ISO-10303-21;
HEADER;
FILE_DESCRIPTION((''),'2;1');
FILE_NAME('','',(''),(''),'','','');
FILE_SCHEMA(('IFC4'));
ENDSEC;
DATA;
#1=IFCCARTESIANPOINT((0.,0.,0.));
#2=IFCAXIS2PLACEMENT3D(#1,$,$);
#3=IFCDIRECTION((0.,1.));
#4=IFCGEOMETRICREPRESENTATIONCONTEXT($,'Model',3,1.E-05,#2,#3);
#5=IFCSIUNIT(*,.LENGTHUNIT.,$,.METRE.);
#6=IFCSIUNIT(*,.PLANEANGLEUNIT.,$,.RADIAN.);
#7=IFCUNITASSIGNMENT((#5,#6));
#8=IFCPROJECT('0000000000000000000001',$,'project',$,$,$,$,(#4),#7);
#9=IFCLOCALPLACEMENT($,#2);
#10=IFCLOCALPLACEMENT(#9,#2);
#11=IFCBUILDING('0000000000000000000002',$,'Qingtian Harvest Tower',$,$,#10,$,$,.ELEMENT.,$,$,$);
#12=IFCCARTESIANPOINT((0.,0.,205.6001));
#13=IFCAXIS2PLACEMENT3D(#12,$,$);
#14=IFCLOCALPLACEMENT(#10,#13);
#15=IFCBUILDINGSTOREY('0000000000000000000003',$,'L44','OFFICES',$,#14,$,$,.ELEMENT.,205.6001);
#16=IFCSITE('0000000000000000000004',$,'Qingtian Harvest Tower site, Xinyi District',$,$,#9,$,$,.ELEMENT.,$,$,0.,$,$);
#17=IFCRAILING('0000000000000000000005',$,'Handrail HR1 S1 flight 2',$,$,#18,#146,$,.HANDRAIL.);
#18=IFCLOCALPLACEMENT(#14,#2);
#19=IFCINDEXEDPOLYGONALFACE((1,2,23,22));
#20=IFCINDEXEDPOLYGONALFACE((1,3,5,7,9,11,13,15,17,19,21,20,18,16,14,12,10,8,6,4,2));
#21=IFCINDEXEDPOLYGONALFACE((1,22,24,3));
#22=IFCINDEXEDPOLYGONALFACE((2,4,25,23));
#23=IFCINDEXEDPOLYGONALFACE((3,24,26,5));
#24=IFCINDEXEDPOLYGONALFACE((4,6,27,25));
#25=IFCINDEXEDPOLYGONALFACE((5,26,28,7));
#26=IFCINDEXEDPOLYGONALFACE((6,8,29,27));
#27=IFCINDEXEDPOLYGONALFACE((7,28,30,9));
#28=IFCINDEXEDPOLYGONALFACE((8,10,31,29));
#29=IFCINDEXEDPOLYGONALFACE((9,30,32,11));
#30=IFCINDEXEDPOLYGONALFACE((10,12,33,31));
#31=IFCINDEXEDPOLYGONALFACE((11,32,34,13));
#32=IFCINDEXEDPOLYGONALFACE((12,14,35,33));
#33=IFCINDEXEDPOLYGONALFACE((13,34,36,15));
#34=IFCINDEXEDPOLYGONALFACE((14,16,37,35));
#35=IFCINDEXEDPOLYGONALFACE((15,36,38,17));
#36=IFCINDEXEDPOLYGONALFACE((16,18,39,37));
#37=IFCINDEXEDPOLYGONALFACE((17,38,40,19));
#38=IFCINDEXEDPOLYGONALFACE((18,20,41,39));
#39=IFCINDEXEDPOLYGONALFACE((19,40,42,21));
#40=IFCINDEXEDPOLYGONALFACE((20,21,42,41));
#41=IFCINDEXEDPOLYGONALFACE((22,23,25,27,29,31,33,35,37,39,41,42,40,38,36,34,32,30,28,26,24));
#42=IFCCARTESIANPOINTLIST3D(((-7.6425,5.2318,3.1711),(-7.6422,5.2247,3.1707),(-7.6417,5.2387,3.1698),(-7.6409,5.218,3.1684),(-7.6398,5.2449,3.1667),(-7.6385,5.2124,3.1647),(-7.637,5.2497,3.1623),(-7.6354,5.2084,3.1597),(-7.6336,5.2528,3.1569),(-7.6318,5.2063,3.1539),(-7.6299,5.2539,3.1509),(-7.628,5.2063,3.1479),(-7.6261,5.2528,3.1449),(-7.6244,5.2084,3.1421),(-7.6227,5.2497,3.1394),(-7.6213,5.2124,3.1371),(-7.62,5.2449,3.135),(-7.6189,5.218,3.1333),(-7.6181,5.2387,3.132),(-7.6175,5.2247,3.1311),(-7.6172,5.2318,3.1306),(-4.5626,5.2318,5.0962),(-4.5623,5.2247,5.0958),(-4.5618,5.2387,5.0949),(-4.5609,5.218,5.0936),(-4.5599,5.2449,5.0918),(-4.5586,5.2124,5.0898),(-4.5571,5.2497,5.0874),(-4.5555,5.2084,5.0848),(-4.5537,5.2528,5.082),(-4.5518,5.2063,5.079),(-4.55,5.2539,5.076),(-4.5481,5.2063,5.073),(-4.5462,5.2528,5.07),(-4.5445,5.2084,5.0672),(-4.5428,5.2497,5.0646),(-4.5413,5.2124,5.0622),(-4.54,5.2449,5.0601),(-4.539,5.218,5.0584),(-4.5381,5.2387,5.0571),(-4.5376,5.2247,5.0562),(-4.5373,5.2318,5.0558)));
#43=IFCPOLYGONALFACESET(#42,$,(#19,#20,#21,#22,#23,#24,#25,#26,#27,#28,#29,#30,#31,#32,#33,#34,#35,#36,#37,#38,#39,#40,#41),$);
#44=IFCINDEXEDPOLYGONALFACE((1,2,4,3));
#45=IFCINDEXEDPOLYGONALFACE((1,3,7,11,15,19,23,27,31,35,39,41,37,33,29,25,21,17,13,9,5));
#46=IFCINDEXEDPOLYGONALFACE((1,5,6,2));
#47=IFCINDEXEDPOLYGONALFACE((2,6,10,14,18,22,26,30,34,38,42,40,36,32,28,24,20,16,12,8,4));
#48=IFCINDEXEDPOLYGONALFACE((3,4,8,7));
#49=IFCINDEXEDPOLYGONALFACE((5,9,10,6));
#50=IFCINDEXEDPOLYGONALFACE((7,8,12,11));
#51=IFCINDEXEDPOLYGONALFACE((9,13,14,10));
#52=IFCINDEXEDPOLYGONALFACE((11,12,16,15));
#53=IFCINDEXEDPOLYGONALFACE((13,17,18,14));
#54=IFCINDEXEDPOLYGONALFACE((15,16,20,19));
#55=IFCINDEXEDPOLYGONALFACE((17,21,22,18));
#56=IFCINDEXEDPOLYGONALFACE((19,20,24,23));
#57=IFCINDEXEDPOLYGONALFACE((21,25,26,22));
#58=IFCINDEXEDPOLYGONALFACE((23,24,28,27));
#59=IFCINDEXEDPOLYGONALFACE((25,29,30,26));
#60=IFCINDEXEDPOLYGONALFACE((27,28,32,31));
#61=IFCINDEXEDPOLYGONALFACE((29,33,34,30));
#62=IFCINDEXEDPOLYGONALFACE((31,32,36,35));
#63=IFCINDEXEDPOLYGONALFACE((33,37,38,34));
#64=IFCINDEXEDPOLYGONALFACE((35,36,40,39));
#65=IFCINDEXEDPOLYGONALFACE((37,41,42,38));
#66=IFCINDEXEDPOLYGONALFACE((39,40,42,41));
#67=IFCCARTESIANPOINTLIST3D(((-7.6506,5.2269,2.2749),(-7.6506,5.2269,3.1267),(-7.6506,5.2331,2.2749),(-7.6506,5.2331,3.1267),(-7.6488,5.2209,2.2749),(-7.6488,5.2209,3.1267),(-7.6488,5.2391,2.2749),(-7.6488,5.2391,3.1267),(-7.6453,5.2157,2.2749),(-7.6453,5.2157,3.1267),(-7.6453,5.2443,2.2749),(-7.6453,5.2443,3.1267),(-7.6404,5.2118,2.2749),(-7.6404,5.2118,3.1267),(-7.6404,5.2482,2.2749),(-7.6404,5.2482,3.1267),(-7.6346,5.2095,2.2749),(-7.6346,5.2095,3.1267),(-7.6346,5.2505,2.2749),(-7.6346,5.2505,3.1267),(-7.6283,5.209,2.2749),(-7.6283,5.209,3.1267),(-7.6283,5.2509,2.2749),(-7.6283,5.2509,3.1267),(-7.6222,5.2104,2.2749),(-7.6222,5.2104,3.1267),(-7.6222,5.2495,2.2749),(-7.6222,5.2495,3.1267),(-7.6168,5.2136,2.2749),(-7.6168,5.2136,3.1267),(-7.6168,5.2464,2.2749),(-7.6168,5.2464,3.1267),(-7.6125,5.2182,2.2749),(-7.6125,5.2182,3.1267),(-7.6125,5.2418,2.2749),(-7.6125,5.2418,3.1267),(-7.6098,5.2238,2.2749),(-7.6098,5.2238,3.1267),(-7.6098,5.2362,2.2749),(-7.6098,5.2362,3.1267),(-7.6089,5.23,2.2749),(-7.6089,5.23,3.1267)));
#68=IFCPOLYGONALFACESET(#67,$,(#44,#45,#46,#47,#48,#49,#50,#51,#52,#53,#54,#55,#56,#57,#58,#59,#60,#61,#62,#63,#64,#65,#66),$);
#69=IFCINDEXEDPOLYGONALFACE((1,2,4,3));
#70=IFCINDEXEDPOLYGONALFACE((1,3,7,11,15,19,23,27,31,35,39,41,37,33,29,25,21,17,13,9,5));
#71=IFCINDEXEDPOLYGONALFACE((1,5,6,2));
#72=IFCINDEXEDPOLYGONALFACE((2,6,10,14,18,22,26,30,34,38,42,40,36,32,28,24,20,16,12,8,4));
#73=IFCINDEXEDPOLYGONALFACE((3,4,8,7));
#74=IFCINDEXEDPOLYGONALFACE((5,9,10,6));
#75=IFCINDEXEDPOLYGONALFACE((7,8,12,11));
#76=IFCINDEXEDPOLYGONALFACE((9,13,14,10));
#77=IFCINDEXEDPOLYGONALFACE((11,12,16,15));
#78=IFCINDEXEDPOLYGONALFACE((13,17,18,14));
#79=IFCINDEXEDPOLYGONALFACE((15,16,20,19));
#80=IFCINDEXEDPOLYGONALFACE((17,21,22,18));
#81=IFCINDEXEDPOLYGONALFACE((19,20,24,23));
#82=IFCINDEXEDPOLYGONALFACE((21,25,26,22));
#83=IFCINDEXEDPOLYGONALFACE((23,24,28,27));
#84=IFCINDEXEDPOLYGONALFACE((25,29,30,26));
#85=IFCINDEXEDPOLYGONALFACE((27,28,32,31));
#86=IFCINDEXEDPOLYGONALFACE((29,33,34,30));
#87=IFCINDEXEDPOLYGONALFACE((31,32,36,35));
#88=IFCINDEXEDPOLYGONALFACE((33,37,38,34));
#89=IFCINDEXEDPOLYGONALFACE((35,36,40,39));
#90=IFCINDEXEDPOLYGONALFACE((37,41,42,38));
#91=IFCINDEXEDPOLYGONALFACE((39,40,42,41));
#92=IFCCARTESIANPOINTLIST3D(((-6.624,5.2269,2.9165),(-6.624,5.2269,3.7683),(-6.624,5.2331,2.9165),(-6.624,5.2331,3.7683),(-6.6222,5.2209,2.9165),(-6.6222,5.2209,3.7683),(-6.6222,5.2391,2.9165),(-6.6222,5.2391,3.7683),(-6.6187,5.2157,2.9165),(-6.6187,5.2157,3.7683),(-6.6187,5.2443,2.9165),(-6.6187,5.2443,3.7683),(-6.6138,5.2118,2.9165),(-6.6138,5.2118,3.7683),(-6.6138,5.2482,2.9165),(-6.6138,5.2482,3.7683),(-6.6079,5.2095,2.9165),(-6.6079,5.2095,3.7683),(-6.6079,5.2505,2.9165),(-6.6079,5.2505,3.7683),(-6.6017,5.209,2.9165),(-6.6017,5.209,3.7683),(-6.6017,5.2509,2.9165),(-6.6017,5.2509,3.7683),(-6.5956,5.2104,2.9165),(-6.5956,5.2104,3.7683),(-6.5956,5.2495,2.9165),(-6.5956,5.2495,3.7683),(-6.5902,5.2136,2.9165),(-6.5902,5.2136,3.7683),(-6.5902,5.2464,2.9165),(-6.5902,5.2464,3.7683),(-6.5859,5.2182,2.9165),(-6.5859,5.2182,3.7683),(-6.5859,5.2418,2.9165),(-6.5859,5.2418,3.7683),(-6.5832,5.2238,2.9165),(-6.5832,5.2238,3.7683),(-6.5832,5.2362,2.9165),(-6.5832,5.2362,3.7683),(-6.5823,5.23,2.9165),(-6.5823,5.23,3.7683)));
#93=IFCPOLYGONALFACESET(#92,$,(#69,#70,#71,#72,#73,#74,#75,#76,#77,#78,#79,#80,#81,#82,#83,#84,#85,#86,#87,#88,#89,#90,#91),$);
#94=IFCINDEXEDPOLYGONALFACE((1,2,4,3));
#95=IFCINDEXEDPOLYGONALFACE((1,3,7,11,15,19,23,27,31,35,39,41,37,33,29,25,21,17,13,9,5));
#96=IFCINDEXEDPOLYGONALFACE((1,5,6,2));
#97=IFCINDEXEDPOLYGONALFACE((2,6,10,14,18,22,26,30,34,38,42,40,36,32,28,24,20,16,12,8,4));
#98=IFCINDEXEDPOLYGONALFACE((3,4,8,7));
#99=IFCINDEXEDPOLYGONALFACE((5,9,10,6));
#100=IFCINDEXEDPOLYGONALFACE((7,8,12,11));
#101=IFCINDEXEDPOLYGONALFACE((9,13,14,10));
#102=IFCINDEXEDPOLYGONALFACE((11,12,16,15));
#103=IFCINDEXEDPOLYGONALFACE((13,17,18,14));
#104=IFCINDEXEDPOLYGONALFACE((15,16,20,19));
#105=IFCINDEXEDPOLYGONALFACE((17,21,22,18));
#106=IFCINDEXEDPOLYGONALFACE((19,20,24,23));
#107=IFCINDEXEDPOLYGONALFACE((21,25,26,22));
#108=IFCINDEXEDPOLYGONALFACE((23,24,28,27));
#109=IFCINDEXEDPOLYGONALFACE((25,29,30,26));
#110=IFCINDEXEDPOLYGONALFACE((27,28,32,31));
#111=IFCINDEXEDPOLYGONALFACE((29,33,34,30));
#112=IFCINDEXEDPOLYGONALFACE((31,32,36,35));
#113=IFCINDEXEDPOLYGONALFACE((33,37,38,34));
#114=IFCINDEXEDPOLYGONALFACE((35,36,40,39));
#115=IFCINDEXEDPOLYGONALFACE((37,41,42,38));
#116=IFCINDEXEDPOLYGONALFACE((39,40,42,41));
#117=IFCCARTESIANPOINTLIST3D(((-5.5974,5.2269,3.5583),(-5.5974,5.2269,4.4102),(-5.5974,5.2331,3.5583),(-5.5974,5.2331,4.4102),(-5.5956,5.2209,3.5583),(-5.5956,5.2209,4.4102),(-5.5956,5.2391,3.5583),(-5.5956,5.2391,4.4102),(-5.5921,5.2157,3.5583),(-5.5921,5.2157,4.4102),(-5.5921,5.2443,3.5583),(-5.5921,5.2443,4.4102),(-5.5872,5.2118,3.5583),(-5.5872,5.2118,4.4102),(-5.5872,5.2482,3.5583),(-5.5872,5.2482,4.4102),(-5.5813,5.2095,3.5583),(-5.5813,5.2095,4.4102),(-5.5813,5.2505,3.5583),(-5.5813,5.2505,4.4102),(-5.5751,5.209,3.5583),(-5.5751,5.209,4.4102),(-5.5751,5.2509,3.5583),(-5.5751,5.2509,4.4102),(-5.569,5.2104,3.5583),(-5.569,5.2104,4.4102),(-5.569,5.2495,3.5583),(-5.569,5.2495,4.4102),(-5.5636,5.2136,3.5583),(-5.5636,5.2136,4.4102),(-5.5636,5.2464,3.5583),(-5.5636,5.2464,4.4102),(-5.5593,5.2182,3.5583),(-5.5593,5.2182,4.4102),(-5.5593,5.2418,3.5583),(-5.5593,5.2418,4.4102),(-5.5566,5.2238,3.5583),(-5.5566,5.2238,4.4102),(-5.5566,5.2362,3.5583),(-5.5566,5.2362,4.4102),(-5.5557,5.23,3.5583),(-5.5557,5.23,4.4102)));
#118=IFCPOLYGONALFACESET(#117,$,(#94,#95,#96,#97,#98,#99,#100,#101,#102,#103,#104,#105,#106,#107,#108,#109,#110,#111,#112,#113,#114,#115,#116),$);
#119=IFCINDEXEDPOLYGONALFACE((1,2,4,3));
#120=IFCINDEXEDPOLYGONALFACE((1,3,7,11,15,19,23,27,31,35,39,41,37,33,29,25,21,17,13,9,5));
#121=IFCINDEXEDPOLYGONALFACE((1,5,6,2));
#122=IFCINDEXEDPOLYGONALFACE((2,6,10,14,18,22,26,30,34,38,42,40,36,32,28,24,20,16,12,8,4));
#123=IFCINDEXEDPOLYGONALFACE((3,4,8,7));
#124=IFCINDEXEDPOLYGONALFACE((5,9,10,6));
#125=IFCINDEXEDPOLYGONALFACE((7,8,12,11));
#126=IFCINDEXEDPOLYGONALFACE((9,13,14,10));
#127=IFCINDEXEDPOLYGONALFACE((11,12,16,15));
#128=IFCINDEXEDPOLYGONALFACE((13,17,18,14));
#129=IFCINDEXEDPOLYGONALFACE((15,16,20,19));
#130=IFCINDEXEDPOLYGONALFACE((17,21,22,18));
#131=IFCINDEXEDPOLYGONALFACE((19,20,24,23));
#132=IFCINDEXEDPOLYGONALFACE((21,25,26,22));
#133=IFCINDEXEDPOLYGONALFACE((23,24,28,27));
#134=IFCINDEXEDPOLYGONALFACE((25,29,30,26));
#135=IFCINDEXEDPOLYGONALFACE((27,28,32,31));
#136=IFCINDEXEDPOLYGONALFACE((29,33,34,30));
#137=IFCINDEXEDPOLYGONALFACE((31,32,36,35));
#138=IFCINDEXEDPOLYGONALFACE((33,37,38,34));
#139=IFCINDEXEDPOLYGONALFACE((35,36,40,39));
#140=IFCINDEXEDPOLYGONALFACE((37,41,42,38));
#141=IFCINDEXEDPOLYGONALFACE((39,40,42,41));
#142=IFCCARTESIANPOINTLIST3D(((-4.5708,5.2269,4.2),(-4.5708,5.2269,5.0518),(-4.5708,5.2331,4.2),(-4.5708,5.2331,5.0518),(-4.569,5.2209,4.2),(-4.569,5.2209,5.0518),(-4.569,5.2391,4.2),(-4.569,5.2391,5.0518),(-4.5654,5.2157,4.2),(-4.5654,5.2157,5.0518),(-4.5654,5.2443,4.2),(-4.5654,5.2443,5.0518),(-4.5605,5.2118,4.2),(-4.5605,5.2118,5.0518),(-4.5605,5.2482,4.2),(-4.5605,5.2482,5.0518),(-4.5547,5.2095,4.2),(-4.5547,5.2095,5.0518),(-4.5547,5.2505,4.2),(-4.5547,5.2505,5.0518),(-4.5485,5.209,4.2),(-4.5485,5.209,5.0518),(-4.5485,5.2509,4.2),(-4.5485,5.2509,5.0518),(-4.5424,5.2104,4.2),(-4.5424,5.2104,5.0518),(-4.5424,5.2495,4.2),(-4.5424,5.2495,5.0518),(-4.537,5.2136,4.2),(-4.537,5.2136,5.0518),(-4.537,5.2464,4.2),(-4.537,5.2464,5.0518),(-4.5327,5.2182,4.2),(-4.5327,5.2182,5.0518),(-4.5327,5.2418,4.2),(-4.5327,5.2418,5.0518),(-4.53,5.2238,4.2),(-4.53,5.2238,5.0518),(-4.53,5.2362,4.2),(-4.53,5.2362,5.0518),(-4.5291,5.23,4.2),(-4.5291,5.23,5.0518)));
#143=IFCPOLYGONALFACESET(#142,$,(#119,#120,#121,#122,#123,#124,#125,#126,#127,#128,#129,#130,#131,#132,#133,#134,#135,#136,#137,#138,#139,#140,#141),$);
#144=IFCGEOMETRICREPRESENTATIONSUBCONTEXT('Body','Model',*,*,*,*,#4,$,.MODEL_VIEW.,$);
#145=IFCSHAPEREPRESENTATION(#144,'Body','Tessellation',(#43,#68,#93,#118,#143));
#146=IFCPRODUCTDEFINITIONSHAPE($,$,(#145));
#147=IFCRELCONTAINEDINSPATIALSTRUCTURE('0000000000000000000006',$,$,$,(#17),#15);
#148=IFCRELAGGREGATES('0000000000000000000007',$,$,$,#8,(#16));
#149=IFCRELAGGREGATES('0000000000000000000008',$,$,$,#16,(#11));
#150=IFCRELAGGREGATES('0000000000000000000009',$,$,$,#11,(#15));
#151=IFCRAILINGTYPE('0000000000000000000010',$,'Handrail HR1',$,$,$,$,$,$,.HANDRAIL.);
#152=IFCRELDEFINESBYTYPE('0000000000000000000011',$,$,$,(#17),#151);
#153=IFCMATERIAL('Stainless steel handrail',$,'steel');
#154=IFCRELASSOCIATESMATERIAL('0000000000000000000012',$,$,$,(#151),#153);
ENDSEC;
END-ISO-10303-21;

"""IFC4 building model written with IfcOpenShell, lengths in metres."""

from ifc_helpers import new_model, si_unit, direction, frame, origin, origin_2d, place, context, subcontext, project, spatial, circle, extrude, material, type_object, element, save


model = new_model("IFC4")

# Units and contexts
model_context = context("Model", 3, precision=1e-05, world=origin(), true_north=direction((0.0, 1.0)))
body_context = subcontext(model_context, "Body", "Model", "MODEL_VIEW")
ifc_project = project(units=[si_unit("LENGTHUNIT", "METRE"), si_unit("PLANEANGLEUNIT", "RADIAN")], contexts=[model_context])

# Site, building, storey
site_placement = place(None, origin())
site = spatial("IfcSite", under=ifc_project, at=site_placement, Name="Qingtian Harvest Tower site, Xinyi District", CompositionType="ELEMENT", RefElevation=0.0)
building_placement = place(site_placement, origin())
building = spatial("IfcBuilding", under=site, at=building_placement, Name="Qingtian Harvest Tower", CompositionType="ELEMENT")
storey_placement = place(building_placement, frame((0.0, 0.0, 205.6001)))
storey = spatial("IfcBuildingStorey", under=building, at=storey_placement, Name="L44", Description="OFFICES", CompositionType="ELEMENT", Elevation=205.6001)

# Railing
ifc_material_1 = material(Name="Stainless steel handrail", Category="steel")
railing_type = type_object("IfcRailingType", Name="Handrail HR1", PredefinedType="HANDRAIL", material=ifc_material_1)
railing_1_placement = place(storey_placement, frame((-7.6299, 5.23, 2.2749)))
element("IfcRailing", 1, at=railing_1_placement, inside=storey, type_object=railing_type, Name="Handrail HR1 S1 flight 2", PredefinedType="HANDRAIL", context=body_context, shape_type="SweptSolid", body=[
    extrude(circle(Radius=0.0239, at=origin_2d()), frame((0.0, 0.0, 0.876), z_axis=(0.847979, 0.0, 0.530029), x_axis=(0.0, 1.0, 0.0)), (0.0, 0.0, 1.0), 3.6321),
    extrude(circle(Radius=0.021, at=origin_2d()), origin(), (0.0, 0.0, 1.0), 0.8518),
    extrude(circle(Radius=0.021, at=origin_2d()), frame((1.0266, 0.0, 0.6416)), (0.0, 0.0, 1.0), 0.8518),
    extrude(circle(Radius=0.021, at=origin_2d()), frame((2.0532, 0.0, 1.2834)), (0.0, 0.0, 1.0), 0.8518),
    extrude(circle(Radius=0.021, at=origin_2d()), frame((3.0798, 0.0, 1.925)), (0.0, 0.0, 1.0), 0.8518),
])

save(model, "model.ifc")
